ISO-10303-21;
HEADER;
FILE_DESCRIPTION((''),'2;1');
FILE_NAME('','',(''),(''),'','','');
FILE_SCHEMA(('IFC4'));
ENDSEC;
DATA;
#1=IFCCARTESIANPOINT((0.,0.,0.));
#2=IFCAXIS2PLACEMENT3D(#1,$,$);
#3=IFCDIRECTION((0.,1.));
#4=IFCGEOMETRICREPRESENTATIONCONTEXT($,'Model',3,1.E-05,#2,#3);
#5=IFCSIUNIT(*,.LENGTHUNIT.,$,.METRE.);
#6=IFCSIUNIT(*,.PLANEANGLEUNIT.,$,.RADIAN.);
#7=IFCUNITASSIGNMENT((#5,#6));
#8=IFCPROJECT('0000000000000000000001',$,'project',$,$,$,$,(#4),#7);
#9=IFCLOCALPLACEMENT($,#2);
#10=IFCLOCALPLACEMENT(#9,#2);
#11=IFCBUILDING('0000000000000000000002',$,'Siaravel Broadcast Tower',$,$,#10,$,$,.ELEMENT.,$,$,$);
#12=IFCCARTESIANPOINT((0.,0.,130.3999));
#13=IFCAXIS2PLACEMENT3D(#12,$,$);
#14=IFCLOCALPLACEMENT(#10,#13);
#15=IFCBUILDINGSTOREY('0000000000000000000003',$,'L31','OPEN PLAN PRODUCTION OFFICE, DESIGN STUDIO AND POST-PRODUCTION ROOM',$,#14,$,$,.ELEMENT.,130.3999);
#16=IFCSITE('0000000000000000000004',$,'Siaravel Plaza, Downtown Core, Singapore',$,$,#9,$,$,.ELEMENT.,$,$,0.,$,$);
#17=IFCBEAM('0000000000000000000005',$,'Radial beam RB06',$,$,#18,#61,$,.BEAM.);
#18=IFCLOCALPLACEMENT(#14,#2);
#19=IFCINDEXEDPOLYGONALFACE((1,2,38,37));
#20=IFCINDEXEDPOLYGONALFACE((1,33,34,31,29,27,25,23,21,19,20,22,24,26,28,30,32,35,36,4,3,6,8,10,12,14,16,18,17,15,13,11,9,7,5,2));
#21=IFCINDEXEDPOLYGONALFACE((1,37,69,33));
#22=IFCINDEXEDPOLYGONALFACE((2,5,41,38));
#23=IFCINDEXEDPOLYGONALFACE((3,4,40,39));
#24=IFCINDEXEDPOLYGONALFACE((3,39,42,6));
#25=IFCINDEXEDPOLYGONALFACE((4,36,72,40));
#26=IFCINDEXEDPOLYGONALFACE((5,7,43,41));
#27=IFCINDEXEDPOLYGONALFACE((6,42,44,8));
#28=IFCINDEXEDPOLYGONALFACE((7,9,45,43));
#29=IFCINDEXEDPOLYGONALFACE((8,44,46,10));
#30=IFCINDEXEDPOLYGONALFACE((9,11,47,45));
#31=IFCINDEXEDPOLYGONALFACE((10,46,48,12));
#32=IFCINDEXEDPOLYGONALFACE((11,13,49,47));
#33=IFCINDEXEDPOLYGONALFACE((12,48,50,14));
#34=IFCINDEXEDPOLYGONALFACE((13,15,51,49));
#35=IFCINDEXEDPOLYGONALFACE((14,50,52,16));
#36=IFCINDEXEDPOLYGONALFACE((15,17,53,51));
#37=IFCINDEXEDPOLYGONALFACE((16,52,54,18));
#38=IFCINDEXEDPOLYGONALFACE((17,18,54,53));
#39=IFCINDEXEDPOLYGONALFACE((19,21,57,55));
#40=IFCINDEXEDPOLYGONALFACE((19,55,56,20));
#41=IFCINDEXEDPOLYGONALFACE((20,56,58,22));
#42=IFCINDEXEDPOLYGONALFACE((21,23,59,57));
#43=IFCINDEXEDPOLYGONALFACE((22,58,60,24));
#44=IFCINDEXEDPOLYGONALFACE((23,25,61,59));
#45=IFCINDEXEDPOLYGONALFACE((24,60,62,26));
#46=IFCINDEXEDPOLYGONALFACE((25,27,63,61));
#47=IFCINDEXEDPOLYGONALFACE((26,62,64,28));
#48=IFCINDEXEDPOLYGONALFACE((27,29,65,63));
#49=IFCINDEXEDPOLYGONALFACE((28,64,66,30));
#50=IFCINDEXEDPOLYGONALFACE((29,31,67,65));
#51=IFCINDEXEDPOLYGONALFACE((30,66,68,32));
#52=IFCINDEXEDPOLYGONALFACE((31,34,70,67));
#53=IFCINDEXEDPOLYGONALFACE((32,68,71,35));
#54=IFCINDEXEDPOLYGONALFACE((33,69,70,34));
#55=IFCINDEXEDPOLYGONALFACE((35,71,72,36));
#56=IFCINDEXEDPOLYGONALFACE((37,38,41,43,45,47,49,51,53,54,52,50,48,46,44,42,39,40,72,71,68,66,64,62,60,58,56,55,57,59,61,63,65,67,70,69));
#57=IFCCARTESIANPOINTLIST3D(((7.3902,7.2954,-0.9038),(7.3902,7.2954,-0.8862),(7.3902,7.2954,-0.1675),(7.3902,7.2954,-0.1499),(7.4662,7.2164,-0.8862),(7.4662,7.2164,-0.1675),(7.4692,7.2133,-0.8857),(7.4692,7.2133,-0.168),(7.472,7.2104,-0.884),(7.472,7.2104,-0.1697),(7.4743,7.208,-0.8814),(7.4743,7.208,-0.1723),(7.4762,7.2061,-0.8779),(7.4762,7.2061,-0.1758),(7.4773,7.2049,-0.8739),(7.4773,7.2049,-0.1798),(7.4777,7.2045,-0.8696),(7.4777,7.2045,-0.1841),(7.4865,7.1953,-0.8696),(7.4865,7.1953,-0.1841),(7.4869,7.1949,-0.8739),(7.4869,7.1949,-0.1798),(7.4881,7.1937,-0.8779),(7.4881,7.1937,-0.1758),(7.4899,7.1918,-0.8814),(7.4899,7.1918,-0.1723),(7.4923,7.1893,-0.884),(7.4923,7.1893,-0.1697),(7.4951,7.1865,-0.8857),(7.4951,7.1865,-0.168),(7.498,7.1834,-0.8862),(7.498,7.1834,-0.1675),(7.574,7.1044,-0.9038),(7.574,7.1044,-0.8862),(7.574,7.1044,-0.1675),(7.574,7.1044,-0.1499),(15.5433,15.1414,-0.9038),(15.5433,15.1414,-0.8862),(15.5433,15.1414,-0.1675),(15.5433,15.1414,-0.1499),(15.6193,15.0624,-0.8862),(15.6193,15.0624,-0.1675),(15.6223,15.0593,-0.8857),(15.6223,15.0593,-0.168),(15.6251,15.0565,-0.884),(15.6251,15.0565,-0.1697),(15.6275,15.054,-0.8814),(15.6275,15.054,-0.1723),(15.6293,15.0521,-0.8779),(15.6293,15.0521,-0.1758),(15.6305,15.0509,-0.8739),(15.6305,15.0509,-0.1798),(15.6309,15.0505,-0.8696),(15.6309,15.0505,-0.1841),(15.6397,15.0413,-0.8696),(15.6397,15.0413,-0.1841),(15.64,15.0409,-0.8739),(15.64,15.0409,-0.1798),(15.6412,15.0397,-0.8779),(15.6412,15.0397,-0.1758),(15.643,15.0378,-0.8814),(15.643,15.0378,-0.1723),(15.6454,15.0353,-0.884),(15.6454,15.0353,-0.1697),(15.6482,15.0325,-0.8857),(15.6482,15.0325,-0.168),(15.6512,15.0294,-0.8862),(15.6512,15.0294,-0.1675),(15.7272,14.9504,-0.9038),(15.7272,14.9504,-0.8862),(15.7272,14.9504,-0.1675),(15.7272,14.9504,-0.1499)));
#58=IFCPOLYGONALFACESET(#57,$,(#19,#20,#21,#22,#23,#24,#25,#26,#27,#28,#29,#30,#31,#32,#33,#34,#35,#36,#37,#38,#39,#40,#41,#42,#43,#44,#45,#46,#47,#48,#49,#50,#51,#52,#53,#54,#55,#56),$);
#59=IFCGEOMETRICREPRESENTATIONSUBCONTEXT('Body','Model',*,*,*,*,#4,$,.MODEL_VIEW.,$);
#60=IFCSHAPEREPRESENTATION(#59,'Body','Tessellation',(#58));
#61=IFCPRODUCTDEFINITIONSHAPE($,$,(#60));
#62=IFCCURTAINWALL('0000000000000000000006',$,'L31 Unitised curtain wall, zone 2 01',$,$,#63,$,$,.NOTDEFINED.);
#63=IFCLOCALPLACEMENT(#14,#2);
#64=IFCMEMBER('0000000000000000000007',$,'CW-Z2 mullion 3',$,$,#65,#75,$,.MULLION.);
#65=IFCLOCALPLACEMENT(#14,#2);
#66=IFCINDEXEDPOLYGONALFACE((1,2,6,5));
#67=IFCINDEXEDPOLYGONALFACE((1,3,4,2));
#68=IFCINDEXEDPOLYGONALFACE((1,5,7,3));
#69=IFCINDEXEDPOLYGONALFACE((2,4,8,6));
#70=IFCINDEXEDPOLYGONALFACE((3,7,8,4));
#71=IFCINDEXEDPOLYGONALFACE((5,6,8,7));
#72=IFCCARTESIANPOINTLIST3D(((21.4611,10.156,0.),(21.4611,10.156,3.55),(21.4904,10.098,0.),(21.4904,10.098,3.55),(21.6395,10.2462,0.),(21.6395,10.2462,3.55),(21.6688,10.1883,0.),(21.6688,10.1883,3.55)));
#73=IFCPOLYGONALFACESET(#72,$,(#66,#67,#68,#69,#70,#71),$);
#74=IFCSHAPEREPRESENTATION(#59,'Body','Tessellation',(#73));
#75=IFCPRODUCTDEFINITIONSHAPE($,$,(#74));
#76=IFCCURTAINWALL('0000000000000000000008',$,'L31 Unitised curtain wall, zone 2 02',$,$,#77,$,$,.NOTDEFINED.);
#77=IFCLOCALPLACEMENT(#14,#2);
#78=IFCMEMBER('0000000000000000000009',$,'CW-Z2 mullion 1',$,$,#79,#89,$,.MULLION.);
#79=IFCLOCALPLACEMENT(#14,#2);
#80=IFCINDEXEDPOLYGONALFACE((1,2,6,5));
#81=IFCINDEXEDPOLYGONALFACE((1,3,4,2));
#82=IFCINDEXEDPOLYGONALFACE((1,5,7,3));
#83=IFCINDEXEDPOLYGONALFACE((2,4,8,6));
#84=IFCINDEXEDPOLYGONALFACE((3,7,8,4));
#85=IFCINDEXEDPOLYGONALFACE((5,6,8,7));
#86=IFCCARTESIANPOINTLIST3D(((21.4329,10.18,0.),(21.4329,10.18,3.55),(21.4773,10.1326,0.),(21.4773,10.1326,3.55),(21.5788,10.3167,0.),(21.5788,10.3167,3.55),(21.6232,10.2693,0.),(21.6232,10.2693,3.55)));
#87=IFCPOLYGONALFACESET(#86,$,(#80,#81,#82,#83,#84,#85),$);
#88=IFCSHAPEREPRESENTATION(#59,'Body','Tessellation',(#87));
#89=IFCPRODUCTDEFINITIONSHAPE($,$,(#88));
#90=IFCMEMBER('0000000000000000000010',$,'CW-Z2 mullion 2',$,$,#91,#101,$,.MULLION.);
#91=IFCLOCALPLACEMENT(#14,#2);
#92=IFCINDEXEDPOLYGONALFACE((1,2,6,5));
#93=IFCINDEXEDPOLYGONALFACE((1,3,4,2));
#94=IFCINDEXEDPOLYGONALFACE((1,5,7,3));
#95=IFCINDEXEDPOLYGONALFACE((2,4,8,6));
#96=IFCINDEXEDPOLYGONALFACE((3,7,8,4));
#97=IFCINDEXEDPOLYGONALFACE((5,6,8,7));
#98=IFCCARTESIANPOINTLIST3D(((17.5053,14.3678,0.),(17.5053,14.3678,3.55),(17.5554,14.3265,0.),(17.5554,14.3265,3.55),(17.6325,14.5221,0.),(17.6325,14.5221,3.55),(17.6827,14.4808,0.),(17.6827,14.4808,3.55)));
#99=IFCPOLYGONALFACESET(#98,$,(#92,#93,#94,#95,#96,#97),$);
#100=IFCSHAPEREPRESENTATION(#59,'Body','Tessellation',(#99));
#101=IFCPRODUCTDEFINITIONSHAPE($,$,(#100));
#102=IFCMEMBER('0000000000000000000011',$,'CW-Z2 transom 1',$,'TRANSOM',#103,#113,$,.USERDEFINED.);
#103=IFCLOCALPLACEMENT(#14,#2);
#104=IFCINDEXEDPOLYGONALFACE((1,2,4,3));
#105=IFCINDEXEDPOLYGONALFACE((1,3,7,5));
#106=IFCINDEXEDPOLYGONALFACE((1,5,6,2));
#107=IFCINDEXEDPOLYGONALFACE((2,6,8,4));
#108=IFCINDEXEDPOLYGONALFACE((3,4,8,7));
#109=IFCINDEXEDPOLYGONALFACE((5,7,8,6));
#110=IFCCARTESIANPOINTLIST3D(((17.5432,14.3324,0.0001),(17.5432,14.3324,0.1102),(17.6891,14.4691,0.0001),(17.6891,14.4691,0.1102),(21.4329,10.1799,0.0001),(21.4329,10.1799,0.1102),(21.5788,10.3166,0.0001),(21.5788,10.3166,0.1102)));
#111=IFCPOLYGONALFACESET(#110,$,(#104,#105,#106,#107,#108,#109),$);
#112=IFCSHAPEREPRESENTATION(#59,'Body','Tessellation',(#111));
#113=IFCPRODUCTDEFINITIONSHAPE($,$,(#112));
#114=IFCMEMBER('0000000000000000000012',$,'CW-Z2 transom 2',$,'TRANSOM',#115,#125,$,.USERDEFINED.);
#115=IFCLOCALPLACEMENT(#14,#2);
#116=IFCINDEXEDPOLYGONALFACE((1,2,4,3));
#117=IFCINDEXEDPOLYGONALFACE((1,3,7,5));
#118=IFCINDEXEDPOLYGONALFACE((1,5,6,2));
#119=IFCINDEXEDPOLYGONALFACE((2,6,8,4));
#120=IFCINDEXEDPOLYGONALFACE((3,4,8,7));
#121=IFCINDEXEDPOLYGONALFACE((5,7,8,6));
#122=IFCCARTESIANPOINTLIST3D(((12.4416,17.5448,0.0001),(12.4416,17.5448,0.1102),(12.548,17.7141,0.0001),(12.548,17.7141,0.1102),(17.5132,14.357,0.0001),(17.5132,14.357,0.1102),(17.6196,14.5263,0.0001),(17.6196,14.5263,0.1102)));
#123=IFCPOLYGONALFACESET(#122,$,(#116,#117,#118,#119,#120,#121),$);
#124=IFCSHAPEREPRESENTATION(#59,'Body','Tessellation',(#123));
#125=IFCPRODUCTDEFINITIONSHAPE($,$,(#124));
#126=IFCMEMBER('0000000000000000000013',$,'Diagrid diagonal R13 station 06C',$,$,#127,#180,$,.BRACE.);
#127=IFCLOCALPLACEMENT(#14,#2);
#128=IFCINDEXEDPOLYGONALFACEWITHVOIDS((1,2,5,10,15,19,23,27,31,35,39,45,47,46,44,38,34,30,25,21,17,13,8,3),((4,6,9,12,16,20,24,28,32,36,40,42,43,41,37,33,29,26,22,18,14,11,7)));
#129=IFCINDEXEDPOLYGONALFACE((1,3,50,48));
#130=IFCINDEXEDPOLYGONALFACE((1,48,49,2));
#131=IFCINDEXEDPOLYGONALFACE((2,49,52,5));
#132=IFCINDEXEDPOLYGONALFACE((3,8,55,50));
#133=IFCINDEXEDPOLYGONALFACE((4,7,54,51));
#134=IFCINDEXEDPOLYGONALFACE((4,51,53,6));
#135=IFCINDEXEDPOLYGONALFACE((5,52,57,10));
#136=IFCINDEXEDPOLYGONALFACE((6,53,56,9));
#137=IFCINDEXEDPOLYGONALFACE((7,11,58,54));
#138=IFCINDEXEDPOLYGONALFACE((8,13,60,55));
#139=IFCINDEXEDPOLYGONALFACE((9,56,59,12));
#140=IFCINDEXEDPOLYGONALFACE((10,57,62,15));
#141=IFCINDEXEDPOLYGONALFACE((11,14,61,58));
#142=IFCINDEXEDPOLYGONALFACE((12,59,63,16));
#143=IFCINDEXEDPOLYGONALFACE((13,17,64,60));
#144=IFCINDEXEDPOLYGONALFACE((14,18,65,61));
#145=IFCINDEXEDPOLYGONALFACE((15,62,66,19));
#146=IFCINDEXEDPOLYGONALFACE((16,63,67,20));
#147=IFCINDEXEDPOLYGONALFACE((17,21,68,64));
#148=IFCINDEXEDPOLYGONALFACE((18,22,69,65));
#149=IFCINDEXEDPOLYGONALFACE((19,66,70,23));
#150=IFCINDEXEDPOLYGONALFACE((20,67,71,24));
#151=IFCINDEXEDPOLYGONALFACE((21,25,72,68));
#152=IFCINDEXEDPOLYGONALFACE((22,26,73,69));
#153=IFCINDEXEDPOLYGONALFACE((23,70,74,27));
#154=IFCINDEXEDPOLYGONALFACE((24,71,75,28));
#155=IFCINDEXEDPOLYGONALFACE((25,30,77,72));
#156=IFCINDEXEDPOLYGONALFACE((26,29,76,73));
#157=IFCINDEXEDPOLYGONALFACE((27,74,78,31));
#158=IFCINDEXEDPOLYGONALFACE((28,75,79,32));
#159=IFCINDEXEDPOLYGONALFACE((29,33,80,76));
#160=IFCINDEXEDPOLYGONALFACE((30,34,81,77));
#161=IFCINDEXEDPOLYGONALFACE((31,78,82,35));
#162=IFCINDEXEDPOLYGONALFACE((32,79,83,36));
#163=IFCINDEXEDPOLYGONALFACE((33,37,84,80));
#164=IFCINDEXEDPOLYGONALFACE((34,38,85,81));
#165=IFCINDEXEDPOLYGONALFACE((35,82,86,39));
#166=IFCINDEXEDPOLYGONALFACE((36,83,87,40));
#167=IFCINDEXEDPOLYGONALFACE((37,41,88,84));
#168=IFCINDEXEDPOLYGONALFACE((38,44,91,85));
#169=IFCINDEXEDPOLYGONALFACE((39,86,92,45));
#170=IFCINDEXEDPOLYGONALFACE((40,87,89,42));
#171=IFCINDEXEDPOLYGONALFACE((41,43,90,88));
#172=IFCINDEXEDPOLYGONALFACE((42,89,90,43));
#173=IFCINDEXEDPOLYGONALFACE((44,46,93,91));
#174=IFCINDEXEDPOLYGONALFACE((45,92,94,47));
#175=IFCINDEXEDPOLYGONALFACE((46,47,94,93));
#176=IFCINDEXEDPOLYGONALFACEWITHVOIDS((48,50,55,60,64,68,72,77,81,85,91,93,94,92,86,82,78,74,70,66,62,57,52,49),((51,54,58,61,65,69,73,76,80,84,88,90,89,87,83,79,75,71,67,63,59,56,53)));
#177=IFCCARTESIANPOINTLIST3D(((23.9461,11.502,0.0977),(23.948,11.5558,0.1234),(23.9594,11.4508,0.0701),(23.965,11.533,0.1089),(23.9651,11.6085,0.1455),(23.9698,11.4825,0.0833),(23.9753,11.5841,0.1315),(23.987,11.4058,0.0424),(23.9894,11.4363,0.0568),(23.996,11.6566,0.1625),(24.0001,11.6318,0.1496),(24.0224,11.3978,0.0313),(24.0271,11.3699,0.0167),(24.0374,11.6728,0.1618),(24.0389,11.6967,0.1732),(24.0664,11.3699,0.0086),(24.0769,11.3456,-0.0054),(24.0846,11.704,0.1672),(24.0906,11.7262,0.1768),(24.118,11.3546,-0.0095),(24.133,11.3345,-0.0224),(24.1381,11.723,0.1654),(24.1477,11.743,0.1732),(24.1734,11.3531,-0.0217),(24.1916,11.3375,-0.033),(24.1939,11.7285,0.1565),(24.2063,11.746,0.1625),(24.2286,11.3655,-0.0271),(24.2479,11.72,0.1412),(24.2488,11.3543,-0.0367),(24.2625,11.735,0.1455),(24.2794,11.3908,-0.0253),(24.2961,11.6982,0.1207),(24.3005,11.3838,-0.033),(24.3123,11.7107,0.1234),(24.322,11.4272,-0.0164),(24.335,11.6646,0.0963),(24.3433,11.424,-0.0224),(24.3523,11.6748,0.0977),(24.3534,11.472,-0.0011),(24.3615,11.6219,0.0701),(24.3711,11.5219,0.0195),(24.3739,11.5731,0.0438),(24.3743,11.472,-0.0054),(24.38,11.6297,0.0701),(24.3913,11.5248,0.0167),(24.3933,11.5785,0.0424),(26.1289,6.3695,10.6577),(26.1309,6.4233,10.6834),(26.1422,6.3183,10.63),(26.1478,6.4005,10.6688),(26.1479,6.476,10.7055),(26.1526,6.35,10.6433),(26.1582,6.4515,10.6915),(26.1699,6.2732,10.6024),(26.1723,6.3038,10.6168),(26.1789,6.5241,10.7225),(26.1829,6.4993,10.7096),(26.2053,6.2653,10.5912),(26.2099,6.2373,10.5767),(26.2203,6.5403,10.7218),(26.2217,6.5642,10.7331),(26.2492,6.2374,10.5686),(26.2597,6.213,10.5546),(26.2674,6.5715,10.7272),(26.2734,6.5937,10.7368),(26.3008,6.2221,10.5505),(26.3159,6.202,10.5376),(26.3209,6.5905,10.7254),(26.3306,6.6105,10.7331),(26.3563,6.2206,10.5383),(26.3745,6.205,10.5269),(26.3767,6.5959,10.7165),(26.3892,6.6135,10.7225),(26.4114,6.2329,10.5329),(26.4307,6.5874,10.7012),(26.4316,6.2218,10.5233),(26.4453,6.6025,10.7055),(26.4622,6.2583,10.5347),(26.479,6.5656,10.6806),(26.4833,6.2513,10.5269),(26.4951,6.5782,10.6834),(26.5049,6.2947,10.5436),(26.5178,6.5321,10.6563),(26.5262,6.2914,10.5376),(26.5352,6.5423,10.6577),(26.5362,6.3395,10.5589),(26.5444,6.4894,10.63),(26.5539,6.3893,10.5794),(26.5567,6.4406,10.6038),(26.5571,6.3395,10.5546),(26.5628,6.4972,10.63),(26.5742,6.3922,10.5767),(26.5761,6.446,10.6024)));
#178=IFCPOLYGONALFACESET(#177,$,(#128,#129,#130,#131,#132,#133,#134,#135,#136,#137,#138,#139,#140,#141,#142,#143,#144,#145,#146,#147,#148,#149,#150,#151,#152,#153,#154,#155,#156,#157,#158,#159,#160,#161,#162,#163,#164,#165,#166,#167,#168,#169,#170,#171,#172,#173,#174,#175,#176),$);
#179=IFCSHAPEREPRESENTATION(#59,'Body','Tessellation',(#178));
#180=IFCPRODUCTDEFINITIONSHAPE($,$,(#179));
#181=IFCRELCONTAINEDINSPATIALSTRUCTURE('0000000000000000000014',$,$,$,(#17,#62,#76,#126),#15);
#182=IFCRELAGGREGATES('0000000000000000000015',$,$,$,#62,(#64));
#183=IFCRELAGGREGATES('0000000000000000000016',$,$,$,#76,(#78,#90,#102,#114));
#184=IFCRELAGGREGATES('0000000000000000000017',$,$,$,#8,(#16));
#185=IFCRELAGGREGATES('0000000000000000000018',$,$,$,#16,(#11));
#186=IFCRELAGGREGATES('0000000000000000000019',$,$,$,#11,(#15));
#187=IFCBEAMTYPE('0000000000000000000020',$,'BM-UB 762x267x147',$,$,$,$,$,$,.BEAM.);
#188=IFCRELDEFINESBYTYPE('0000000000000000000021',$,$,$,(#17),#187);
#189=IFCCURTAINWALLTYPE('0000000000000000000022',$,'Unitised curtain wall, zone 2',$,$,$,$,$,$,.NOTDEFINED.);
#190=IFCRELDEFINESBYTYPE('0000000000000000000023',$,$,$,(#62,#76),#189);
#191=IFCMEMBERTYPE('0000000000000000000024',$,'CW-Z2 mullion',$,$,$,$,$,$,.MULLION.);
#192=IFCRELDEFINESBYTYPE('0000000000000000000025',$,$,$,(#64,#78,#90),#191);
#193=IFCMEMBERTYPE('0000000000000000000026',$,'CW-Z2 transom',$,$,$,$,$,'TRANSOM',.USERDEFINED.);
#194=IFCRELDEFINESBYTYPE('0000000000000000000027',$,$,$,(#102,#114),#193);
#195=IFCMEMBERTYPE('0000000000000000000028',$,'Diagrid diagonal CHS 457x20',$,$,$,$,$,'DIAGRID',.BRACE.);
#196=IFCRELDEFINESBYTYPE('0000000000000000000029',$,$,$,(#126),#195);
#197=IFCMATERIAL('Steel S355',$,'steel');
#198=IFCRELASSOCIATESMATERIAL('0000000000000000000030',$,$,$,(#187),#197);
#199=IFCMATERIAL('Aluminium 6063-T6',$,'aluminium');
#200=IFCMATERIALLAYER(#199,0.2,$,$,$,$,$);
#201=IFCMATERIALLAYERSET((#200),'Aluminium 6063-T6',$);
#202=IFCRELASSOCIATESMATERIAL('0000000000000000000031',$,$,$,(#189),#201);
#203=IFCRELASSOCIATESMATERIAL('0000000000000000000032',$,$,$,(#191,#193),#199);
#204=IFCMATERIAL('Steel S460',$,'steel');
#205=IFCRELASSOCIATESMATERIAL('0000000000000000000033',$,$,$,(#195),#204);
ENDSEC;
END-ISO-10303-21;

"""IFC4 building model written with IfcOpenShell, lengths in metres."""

from ifc_helpers import new_model, si_unit, direction, frame, origin, origin_2d, place, context, subcontext, project, spatial, rectangle, hollow_circle, i_section, extrude, material, layer, layer_set, material_profile, profile_set, type_object, element, aggregate, save


model = new_model("IFC4")

# Units and contexts
model_context = context("Model", 3, precision=1e-05, world=origin(), true_north=direction((0.0, 1.0)))
body_context = subcontext(model_context, "Body", "Model", "MODEL_VIEW")
ifc_project = project(units=[si_unit("LENGTHUNIT", "METRE"), si_unit("PLANEANGLEUNIT", "RADIAN")], contexts=[model_context])

# Site, building, storey
site_placement = place(None, origin())
site = spatial("IfcSite", under=ifc_project, at=site_placement, Name="Siaravel Plaza, Downtown Core, Singapore", CompositionType="ELEMENT", RefElevation=0.0)
building_placement = place(site_placement, origin())
building = spatial("IfcBuilding", under=site, at=building_placement, Name="Siaravel Broadcast Tower", CompositionType="ELEMENT")
storey_placement = place(building_placement, frame((0.0, 0.0, 130.3999)))
storey = spatial("IfcBuildingStorey", under=building, at=storey_placement, Name="L31", Description="OPEN PLAN PRODUCTION OFFICE, DESIGN STUDIO AND POST-PRODUCTION ROOM", CompositionType="ELEMENT", Elevation=130.3999)

# Beam
ifc_material_1 = material(Name="Steel S355", Category="steel")
ifc_material_profile_1 = material_profile(ifc_material_1, i_section(OverallWidth=0.2651, OverallDepth=0.7539, WebThickness=0.0127, FlangeThickness=0.0176, FilletRadius=0.0166, at=origin_2d()))
ifc_profile_set_1 = profile_set([ifc_material_profile_1], Name="Steel S355")
beam_type = type_object("IfcBeamType", Name="BM-UB 762x267x147", PredefinedType="BEAM", material=ifc_profile_set_1)
beam_1_placement = place(storey_placement, frame((15.6353, 15.0459, -0.5269), z_axis=(-0.720548, -0.693405, 0.0), x_axis=(0.693405, -0.720548, 0.0)))
element("IfcBeam", 1, at=beam_1_placement, inside=storey, type_object=beam_type, Name="Radial beam RB06", PredefinedType="BEAM", context=body_context, shape_type="SweptSolid", body=[
    extrude(i_section(OverallWidth=0.2651, OverallDepth=0.7539, WebThickness=0.0127, FlangeThickness=0.0176, FilletRadius=0.0166, at=origin_2d()), origin(), (0.0, 0.0, 1.0), 11.3152),
])

# Curtain wall, member
ifc_material_2 = material(Name="Aluminium 6063-T6", Category="aluminium")
ifc_layer_1 = layer(ifc_material_2, 0.2)
ifc_layer_set_1 = layer_set([ifc_layer_1], Name="Aluminium 6063-T6")
curtain_wall_type = type_object("IfcCurtainWallType", Name="Unitised curtain wall, zone 2", PredefinedType="NOTDEFINED", material=ifc_layer_set_1)
curtain_wall_1_placement = place(storey_placement, origin())
curtain_wall_1 = element("IfcCurtainWall", 2, at=curtain_wall_1_placement, inside=storey, type_object=curtain_wall_type, Name="L31 Unitised curtain wall, zone 2 01", PredefinedType="NOTDEFINED")
ifc_material_profile_2 = material_profile(ifc_material_2, rectangle(XDim=0.2, YDim=0.0649, at=origin_2d()))
ifc_profile_set_2 = profile_set([ifc_material_profile_2], Name="Aluminium 6063-T6")
member_type_1 = type_object("IfcMemberType", Name="CW-Z2 mullion", PredefinedType="MULLION", material=ifc_profile_set_2)
member_1_placement = place(storey_placement, frame((21.5649, 10.1721, 0.0), z_axis=(0.0, 0.0, 1.0), x_axis=(-0.892393, -0.451259, 0.0)))
member_1 = element("IfcMember", 3, at=member_1_placement, type_object=member_type_1, Name="CW-Z2 mullion 3", PredefinedType="MULLION", context=body_context, shape_type="SweptSolid", body=[
    extrude(rectangle(XDim=0.2, YDim=0.0649, at=origin_2d()), origin(), (0.0, 0.0, 1.0), 3.55),
])
aggregate(curtain_wall_1, [member_1])

# Curtain wall, members
curtain_wall_2_placement = place(storey_placement, origin())
curtain_wall_2 = element("IfcCurtainWall", 4, at=curtain_wall_2_placement, inside=storey, type_object=curtain_wall_type, Name="L31 Unitised curtain wall, zone 2 02", PredefinedType="NOTDEFINED")
member_2_placement = place(storey_placement, frame((21.5281, 10.2246, 0.0), z_axis=(0.0, 0.0, 1.0), x_axis=(-0.729807, -0.683653, 0.0)))
member_2 = element("IfcMember", 5, at=member_2_placement, type_object=member_type_1, Name="CW-Z2 mullion 1", PredefinedType="MULLION", context=body_context, shape_type="SweptSolid", body=[
    extrude(rectangle(XDim=0.2, YDim=0.0649, at=origin_2d()), origin(), (0.0, 0.0, 1.0), 3.55),
])
member_3_placement = place(storey_placement, frame((17.594, 14.4243, 0.0), z_axis=(0.0, 0.0, 1.0), x_axis=(-0.63622, -0.771507, 0.0)))
member_3 = element("IfcMember", 6, at=member_3_placement, type_object=member_type_1, Name="CW-Z2 mullion 2", PredefinedType="MULLION", context=body_context, shape_type="SweptSolid", body=[
    extrude(rectangle(XDim=0.2, YDim=0.0649, at=origin_2d()), origin(), (0.0, 0.0, 1.0), 3.55),
])
ifc_material_profile_3 = material_profile(ifc_material_2, rectangle(XDim=0.2, YDim=0.1101, at=origin_2d()))
ifc_profile_set_3 = profile_set([ifc_material_profile_3], Name="Aluminium 6063-T6")
member_type_2 = type_object("IfcMemberType", Name="CW-Z2 transom", ElementType="TRANSOM", PredefinedType="USERDEFINED", material=ifc_profile_set_3)
member_4_placement = place(storey_placement, frame((21.5059, 10.2483, 0.0552), z_axis=(-0.683644, 0.729815, 0.0), x_axis=(-0.729815, -0.683644, 0.0)))
member_4 = element("IfcMember", 7, at=member_4_placement, type_object=member_type_2, Name="CW-Z2 transom 1", ObjectType="TRANSOM", PredefinedType="USERDEFINED", context=body_context, shape_type="SweptSolid", body=[
    extrude(rectangle(XDim=0.2, YDim=0.1101, at=origin_2d()), origin(), (0.0, 0.0, 1.0), 5.6897),
])
member_5_placement = place(storey_placement, frame((17.5664, 14.4417, 0.0552), z_axis=(-0.846642, 0.532162, 0.0), x_axis=(-0.532162, -0.846642, 0.0)))
member_5 = element("IfcMember", 8, at=member_5_placement, type_object=member_type_2, Name="CW-Z2 transom 2", ObjectType="TRANSOM", PredefinedType="USERDEFINED", context=body_context, shape_type="SweptSolid", body=[
    extrude(rectangle(XDim=0.2, YDim=0.1101, at=origin_2d()), origin(), (0.0, 0.0, 1.0), 5.9902),
])

# Member
ifc_material_3 = material(Name="Steel S460", Category="steel")
ifc_material_profile_4 = material_profile(ifc_material_3, hollow_circle(Radius=0.2285, WallThickness=0.02, at=origin_2d()))
ifc_profile_set_4 = profile_set([ifc_material_profile_4], Name="Steel S460")
member_type_3 = type_object("IfcMemberType", Name="Diagrid diagonal CHS 457x20", ElementType="DIAGRID", PredefinedType="BRACE", material=ifc_profile_set_4)
member_6_placement = place(storey_placement, frame((24.1697, 11.5403, 0.0701), z_axis=(0.182781, -0.429774, 0.884243), x_axis=(0.920233, 0.391371, 0.0)))
element("IfcMember", 9, at=member_6_placement, inside=storey, type_object=member_type_3, Name="Diagrid diagonal R13 station 06C", PredefinedType="BRACE", context=body_context, shape_type="SweptSolid", body=[
    extrude(hollow_circle(Radius=0.2285, WallThickness=0.02, at=origin_2d()), origin(), (0.0, 0.0, 1.0), 11.9424),
])

aggregate(curtain_wall_2, [member_2, member_3, member_4, member_5])

save(model, "model.ifc")
